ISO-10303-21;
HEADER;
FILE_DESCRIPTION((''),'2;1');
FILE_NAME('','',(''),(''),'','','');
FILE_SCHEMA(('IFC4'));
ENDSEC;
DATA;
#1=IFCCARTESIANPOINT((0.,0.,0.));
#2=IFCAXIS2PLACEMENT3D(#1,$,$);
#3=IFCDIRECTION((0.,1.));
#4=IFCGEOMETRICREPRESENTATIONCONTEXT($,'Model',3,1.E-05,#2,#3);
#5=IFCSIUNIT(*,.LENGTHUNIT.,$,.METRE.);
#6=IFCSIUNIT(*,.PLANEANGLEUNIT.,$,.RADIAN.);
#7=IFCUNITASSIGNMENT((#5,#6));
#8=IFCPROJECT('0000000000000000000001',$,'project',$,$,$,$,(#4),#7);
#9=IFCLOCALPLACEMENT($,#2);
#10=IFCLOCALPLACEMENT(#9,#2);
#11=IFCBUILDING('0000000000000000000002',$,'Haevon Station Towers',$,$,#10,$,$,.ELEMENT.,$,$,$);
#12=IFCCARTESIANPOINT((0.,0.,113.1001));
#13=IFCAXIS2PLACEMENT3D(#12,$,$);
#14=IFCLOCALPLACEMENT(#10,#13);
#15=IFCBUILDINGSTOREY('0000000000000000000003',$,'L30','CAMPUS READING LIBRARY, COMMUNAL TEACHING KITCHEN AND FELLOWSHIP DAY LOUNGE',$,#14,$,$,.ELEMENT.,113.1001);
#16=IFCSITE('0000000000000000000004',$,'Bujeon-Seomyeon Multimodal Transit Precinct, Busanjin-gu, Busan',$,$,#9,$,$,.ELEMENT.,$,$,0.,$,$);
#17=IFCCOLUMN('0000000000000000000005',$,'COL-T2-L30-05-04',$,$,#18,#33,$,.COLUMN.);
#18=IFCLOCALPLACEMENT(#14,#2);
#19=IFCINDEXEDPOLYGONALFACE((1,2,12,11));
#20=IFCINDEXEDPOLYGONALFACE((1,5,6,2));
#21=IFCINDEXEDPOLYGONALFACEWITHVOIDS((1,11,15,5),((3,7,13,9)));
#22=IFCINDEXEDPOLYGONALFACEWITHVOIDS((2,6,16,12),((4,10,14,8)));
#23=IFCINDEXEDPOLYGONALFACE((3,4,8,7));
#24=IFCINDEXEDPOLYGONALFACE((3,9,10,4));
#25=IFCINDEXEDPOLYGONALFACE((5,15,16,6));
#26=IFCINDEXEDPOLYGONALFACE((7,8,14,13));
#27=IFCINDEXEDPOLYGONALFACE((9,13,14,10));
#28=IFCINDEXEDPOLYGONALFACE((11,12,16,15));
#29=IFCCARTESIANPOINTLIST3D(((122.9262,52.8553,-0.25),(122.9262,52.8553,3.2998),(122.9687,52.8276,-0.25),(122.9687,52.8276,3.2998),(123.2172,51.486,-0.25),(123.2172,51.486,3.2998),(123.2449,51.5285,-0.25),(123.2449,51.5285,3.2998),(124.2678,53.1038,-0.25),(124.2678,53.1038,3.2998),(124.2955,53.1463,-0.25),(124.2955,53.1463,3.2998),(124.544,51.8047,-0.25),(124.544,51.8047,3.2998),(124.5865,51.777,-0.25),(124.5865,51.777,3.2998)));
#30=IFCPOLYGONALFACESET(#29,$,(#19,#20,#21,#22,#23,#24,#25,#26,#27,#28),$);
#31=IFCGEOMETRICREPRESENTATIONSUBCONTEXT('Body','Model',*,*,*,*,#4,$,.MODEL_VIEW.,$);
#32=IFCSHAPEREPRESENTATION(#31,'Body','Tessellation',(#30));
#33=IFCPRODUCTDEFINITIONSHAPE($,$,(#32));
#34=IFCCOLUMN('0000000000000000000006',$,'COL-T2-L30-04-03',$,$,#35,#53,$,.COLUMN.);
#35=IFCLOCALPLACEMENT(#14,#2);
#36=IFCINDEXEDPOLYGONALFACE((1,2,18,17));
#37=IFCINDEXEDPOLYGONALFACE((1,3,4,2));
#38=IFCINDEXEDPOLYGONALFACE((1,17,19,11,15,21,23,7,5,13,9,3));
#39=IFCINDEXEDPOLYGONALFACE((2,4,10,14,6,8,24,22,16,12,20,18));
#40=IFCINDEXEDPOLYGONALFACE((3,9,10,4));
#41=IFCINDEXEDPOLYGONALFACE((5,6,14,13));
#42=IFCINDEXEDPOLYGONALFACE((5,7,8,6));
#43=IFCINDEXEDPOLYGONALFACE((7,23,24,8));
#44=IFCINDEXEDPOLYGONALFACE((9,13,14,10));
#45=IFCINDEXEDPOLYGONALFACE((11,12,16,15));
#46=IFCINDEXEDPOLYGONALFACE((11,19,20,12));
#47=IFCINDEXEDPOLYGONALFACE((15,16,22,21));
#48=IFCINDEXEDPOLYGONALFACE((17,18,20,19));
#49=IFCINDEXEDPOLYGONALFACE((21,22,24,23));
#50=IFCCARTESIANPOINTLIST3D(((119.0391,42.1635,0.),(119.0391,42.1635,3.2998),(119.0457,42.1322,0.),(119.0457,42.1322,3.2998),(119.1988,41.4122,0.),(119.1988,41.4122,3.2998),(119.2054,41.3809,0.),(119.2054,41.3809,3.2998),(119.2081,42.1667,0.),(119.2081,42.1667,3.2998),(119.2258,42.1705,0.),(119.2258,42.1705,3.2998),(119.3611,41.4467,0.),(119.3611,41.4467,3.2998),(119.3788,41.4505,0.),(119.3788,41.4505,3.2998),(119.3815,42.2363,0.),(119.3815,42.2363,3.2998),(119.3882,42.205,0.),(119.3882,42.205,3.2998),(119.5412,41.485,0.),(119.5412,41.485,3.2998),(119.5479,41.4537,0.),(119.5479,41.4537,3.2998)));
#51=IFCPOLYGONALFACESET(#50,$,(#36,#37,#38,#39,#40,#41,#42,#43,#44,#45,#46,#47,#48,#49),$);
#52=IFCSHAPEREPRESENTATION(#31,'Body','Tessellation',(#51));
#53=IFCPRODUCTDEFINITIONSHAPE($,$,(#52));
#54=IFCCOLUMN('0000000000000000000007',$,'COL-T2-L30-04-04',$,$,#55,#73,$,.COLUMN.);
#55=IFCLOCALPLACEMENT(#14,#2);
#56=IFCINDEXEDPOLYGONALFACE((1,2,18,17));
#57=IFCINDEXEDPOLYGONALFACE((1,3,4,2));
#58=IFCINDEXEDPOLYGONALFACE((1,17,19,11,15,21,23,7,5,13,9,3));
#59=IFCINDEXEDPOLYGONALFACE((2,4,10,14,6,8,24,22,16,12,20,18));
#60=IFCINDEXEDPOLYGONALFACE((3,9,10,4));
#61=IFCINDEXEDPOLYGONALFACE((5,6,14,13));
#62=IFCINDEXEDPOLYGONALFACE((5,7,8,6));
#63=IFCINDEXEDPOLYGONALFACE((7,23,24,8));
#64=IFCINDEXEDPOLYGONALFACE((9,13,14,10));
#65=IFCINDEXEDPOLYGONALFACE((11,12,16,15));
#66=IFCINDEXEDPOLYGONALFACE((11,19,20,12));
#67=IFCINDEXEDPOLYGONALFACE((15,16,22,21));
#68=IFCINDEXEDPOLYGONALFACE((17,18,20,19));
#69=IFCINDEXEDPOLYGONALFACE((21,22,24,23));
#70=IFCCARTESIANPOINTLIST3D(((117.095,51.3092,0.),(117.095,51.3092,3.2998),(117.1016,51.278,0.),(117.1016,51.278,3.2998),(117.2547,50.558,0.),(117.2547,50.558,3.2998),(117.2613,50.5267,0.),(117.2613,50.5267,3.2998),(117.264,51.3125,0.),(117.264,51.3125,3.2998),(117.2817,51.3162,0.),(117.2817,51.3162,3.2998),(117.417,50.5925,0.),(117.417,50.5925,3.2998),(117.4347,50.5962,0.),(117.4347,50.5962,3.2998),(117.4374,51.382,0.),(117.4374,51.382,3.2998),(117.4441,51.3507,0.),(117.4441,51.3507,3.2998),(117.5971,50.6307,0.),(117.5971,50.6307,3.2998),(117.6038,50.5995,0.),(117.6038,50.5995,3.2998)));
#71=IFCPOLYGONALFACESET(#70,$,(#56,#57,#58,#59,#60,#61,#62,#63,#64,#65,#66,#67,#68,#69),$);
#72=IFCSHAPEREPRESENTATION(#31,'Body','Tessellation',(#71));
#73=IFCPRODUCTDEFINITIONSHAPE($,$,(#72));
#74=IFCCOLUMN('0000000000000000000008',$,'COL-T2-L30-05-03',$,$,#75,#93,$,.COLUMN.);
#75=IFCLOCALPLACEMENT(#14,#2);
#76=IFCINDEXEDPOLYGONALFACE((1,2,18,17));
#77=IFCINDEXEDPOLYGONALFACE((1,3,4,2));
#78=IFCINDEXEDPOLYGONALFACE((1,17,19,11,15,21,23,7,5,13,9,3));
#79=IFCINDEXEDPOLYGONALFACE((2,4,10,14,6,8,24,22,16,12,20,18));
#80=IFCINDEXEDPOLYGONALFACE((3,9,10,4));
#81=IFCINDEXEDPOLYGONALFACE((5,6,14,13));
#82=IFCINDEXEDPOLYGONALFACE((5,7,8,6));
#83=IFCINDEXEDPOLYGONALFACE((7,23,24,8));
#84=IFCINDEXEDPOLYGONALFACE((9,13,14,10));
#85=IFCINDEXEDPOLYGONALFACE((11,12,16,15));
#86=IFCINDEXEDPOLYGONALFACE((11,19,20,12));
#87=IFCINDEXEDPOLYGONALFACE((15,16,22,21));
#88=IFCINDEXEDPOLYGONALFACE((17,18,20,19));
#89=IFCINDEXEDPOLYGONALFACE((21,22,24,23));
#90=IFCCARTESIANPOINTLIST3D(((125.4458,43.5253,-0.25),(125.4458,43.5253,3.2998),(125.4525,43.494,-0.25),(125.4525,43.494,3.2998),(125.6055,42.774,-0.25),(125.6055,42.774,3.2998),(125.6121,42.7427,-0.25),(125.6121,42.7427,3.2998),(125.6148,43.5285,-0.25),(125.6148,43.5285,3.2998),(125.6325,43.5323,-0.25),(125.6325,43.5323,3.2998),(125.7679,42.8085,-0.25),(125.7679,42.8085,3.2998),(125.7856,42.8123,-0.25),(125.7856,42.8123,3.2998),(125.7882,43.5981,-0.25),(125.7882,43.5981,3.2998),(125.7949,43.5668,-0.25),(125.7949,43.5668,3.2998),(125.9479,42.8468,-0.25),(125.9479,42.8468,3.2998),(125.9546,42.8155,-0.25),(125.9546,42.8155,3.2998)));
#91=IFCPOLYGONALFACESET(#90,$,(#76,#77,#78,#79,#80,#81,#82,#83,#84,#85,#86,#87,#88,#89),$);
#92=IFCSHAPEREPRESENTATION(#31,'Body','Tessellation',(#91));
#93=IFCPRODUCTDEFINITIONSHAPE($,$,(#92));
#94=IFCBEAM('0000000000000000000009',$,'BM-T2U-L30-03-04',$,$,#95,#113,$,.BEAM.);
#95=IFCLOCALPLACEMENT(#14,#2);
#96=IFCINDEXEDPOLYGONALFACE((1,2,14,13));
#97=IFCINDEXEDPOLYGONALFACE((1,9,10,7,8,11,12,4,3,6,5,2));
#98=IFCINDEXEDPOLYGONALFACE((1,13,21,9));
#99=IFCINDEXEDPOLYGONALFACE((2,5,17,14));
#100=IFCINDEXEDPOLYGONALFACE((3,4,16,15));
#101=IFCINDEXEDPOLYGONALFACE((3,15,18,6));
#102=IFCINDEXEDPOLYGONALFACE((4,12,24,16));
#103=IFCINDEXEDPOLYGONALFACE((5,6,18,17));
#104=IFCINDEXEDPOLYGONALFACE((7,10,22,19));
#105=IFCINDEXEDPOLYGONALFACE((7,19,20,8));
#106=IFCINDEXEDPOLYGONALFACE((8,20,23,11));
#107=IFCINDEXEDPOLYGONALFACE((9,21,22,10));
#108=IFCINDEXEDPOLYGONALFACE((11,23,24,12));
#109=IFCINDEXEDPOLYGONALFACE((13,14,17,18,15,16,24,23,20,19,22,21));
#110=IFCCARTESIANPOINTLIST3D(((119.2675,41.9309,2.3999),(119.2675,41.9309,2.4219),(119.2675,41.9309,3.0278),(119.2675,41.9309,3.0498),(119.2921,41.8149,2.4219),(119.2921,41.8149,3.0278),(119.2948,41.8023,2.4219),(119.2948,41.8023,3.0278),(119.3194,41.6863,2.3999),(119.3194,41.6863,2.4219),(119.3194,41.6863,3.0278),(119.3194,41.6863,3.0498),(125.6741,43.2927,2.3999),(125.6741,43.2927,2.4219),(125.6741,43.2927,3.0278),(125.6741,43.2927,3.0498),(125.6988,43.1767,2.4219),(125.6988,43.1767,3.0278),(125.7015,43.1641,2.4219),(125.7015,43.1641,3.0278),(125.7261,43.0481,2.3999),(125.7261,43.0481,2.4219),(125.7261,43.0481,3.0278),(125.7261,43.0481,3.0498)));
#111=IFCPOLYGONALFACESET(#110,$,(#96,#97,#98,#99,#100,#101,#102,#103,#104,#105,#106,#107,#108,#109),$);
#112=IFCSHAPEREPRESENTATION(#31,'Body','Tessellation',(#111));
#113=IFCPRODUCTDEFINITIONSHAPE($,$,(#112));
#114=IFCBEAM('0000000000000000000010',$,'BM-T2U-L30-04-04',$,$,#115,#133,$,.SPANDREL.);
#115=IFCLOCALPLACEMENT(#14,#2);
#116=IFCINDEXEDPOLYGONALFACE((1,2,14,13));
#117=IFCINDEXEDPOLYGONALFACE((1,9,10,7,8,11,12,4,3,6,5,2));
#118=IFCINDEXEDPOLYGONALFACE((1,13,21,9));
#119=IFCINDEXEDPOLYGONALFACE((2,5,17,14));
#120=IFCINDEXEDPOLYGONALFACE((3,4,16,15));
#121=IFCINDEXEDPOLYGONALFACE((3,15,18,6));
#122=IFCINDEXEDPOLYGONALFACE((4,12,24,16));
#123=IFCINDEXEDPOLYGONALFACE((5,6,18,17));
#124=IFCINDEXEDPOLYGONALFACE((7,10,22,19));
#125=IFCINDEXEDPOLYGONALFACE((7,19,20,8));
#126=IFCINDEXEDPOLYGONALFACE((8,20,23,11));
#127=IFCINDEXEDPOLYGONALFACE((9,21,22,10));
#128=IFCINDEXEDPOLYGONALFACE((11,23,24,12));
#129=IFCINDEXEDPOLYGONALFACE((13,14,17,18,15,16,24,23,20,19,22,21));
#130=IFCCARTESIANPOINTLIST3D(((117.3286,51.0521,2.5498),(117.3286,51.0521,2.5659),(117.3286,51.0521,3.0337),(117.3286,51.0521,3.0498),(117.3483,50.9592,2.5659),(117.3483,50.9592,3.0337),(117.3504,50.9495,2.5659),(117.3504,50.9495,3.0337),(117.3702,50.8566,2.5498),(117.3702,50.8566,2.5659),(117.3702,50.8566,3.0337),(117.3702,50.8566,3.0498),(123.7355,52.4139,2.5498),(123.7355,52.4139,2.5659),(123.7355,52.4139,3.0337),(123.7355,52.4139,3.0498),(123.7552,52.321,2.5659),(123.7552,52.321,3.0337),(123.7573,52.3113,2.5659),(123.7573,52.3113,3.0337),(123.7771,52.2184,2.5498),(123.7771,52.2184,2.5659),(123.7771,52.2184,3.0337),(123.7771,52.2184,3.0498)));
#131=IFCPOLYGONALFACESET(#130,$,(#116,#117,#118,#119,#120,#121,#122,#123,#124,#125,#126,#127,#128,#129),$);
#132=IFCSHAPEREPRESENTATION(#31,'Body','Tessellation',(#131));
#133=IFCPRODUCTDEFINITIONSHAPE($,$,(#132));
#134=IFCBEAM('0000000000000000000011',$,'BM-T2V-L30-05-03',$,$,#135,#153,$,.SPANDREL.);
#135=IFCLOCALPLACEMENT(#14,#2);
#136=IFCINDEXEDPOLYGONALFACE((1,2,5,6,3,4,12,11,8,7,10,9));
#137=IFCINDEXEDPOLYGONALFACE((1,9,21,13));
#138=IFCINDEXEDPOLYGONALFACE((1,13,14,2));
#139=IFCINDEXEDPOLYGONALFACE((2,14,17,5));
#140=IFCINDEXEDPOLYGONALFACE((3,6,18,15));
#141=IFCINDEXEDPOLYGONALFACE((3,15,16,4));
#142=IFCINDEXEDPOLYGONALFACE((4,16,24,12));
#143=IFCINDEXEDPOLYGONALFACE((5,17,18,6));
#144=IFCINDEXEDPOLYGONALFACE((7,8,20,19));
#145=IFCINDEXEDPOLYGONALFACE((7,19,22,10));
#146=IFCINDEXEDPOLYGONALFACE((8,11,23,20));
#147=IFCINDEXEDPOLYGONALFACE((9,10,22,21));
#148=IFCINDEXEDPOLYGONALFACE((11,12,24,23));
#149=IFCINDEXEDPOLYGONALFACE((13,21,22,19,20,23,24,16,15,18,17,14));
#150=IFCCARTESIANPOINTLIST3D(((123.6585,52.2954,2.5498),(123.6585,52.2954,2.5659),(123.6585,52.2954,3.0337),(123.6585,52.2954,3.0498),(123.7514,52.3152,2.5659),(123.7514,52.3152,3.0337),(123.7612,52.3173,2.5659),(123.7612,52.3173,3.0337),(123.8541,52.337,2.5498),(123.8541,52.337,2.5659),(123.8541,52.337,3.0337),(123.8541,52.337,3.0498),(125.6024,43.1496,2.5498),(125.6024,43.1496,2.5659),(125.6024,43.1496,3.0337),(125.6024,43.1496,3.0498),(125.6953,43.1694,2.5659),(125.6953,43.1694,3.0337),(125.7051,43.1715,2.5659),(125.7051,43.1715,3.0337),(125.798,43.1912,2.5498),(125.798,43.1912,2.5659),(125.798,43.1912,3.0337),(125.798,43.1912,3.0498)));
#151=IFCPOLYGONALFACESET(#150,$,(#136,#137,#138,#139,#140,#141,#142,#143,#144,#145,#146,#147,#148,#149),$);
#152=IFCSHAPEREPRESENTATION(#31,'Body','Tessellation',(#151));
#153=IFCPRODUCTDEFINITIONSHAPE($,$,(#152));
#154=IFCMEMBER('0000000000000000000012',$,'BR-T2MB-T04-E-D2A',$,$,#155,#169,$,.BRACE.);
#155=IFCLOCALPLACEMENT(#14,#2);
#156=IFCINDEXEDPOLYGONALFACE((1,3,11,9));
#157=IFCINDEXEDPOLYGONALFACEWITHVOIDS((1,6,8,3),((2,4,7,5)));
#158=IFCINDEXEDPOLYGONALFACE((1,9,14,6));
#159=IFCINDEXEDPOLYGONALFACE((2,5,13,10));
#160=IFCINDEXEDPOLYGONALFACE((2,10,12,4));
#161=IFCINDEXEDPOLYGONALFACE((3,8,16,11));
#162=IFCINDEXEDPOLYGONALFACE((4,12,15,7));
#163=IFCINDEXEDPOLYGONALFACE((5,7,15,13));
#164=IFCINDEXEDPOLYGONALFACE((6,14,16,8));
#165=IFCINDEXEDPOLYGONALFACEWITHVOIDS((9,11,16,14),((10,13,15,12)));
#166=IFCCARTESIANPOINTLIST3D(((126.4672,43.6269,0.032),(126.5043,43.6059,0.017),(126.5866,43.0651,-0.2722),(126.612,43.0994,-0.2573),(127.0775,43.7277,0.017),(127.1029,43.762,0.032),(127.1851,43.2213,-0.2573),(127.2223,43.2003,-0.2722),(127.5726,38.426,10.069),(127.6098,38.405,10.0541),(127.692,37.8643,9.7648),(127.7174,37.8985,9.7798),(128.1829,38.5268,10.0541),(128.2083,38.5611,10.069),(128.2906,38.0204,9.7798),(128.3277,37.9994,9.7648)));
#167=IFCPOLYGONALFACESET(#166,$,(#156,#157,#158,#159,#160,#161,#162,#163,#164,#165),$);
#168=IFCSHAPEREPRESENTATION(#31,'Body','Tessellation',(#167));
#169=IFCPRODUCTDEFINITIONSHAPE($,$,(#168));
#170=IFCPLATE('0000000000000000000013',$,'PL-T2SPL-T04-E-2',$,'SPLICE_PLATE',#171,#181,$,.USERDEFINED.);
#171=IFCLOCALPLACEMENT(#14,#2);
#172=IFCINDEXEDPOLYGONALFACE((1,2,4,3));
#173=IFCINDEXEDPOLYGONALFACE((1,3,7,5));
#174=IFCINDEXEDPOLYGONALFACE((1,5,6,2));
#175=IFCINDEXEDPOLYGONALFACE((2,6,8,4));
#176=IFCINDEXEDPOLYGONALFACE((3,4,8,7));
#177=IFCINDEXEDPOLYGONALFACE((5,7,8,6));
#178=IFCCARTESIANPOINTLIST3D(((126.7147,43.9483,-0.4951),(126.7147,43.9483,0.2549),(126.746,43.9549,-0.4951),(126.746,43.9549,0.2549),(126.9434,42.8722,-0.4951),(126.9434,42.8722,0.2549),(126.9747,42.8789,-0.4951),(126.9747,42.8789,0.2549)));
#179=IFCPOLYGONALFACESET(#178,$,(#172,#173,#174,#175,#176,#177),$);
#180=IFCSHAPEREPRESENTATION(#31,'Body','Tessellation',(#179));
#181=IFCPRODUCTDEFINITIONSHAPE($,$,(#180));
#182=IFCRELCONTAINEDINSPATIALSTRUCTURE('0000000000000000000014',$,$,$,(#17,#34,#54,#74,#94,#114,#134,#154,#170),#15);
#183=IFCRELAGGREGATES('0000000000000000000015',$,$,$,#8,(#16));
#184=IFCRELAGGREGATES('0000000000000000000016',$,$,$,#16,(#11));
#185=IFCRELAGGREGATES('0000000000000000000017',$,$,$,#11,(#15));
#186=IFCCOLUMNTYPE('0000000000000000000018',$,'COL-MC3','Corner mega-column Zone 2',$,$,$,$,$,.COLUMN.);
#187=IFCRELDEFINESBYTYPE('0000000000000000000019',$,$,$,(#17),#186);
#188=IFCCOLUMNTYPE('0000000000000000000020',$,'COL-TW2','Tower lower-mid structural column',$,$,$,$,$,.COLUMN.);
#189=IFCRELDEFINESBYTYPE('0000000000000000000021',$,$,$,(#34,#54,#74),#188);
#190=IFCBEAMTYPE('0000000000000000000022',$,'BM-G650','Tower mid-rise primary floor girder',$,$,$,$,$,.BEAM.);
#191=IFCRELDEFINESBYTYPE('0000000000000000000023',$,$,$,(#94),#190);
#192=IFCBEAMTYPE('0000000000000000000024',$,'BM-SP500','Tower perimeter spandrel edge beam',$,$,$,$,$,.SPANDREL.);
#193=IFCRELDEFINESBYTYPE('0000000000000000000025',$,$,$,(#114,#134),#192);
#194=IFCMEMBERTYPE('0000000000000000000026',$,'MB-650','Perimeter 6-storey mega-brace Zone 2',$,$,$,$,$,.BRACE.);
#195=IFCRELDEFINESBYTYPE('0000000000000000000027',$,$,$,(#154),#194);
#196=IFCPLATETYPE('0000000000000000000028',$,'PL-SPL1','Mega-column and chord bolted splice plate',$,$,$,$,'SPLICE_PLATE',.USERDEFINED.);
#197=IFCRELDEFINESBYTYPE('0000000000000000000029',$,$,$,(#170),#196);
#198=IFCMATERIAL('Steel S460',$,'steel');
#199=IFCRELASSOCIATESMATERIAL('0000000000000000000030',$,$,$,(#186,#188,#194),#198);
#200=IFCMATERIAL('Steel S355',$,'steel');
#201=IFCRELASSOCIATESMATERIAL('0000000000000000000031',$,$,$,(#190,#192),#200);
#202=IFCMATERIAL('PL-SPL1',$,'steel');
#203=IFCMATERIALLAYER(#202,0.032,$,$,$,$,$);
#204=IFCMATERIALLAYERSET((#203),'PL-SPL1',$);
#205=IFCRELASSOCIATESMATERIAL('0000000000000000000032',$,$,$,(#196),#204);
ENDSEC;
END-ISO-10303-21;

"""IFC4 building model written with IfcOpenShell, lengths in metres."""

from ifc_helpers import new_model, si_unit, direction, frame, origin, origin_2d, place, context, subcontext, project, spatial, rectangle, hollow_rectangle, i_section, extrude, material, layer, layer_set, material_profile, profile_set, type_object, element, save


model = new_model("IFC4")

# Units and contexts
model_context = context("Model", 3, precision=1e-05, world=origin(), true_north=direction((0.0, 1.0)))
body_context = subcontext(model_context, "Body", "Model", "MODEL_VIEW")
ifc_project = project(units=[si_unit("LENGTHUNIT", "METRE"), si_unit("PLANEANGLEUNIT", "RADIAN")], contexts=[model_context])

# Site, building, storey
site_placement = place(None, origin())
site = spatial("IfcSite", under=ifc_project, at=site_placement, Name="Bujeon-Seomyeon Multimodal Transit Precinct, Busanjin-gu, Busan", CompositionType="ELEMENT", RefElevation=0.0)
building_placement = place(site_placement, origin())
building = spatial("IfcBuilding", under=site, at=building_placement, Name="Haevon Station Towers", CompositionType="ELEMENT")
storey_placement = place(building_placement, frame((0.0, 0.0, 113.1001)))
storey = spatial("IfcBuildingStorey", under=building, at=storey_placement, Name="L30", Description="CAMPUS READING LIBRARY, COMMUNAL TEACHING KITCHEN AND FELLOWSHIP DAY LOUNGE", CompositionType="ELEMENT", Elevation=113.1001)

# Columns
ifc_material_1 = material(Name="Steel S460", Category="steel")
ifc_material_profile_1 = material_profile(ifc_material_1, hollow_rectangle(XDim=1.3999, YDim=1.3999, WallThickness=0.0359, at=origin_2d()), Name="BOX-1400x1400x36")
ifc_profile_set_1 = profile_set([ifc_material_profile_1], Name="Steel S460")
column_type_1 = type_object("IfcColumnType", Name="COL-MC3", Description="Corner mega-column Zone 2", PredefinedType="COLUMN", material=ifc_profile_set_1)
column_1_placement = place(storey_placement, frame((123.7563, 52.3162, -0.25), z_axis=(0.0, 0.0, 1.0), x_axis=(0.978148, 0.207912, 0.0)))
element("IfcColumn", 1, at=column_1_placement, inside=storey, type_object=column_type_1, Name="COL-T2-L30-05-04", PredefinedType="COLUMN", context=body_context, shape_type="SweptSolid", body=[
    extrude(hollow_rectangle(XDim=1.3999, YDim=1.3999, WallThickness=0.0359, at=origin_2d()), origin(), (0.0, 0.0, 1.0), 3.5498),
])
ifc_material_profile_2 = material_profile(ifc_material_1, i_section(OverallWidth=0.3501, OverallDepth=0.8, WebThickness=0.0181, FlangeThickness=0.032, at=origin_2d()), Name="H-800x350x18x32")
ifc_profile_set_2 = profile_set([ifc_material_profile_2], Name="Steel S460")
column_type_2 = type_object("IfcColumnType", Name="COL-TW2", Description="Tower lower-mid structural column", PredefinedType="COLUMN", material=ifc_profile_set_2)
for number, where, z_axis, x_axis, name in (
    (2, (119.2935, 41.8086, 0.0), (0.0, 0.0, 1.0), (0.978148, 0.207912, 0.0), "COL-T2-L30-04-03"),
    (3, (117.3494, 50.9543, 0.0), (0.0, 0.0, 1.0), (0.978148, 0.207912, 0.0), "COL-T2-L30-04-04"),
):
    element("IfcColumn", number, at=place(storey_placement, frame(where, z_axis=z_axis, x_axis=x_axis)), inside=storey, type_object=column_type_2, Name=name, PredefinedType="COLUMN", context=body_context, shape_type="SweptSolid", body=[
        extrude(i_section(OverallWidth=0.3501, OverallDepth=0.8, WebThickness=0.0181, FlangeThickness=0.032, at=origin_2d()), origin(), (0.0, 0.0, 1.0), 3.2998),
    ])
column_2_placement = place(storey_placement, frame((125.7002, 43.1704, -0.25), z_axis=(0.0, 0.0, 1.0), x_axis=(0.978148, 0.207912, 0.0)))
element("IfcColumn", 4, at=column_2_placement, inside=storey, type_object=column_type_2, Name="COL-T2-L30-05-03", PredefinedType="COLUMN", context=body_context, shape_type="SweptSolid", body=[
    extrude(i_section(OverallWidth=0.3501, OverallDepth=0.8, WebThickness=0.0181, FlangeThickness=0.032, at=origin_2d()), origin(), (0.0, 0.0, 1.0), 3.5498),
])

# Beams
ifc_material_2 = material(Name="Steel S355", Category="steel")
ifc_material_profile_3 = material_profile(ifc_material_2, i_section(OverallWidth=0.25, OverallDepth=0.6499, WebThickness=0.0129, FlangeThickness=0.022, at=origin_2d()), Name="H-650x250x13x22")
ifc_profile_set_3 = profile_set([ifc_material_profile_3], Name="Steel S355")
beam_type_1 = type_object("IfcBeamType", Name="BM-G650", Description="Tower mid-rise primary floor girder", PredefinedType="BEAM", material=ifc_profile_set_3)
beam_1_placement = place(storey_placement, frame((119.2935, 41.8086, 2.7249), z_axis=(0.978147, 0.207915, 0.0), x_axis=(-0.207915, 0.978147, 0.0)))
element("IfcBeam", 5, at=beam_1_placement, inside=storey, type_object=beam_type_1, Name="BM-T2U-L30-03-04", PredefinedType="BEAM", context=body_context, shape_type="SweptSolid", body=[
    extrude(i_section(OverallWidth=0.25, OverallDepth=0.6499, WebThickness=0.0129, FlangeThickness=0.022, at=origin_2d()), origin(), (0.0, 0.0, 1.0), 6.5498),
])
ifc_material_profile_4 = material_profile(ifc_material_2, i_section(OverallWidth=0.2, OverallDepth=0.5, WebThickness=0.01, FlangeThickness=0.0161, at=origin_2d()), Name="H-500x200x10x16")
ifc_profile_set_4 = profile_set([ifc_material_profile_4], Name="Steel S355")
beam_type_2 = type_object("IfcBeamType", Name="BM-SP500", Description="Tower perimeter spandrel edge beam", PredefinedType="SPANDREL", material=ifc_profile_set_4)
beam_2_placement = place(storey_placement, frame((117.3494, 50.9543, 2.7998), z_axis=(0.978149, 0.207907, 0.0), x_axis=(-0.207907, 0.978149, 0.0)))
element("IfcBeam", 6, at=beam_2_placement, inside=storey, type_object=beam_type_2, Name="BM-T2U-L30-04-04", PredefinedType="SPANDREL", context=body_context, shape_type="SweptSolid", body=[
    extrude(i_section(OverallWidth=0.2, OverallDepth=0.5, WebThickness=0.01, FlangeThickness=0.0161, at=origin_2d()), origin(), (0.0, 0.0, 1.0), 6.55),
])
beam_3_placement = place(storey_placement, frame((125.7002, 43.1704, 2.7998), z_axis=(-0.207897, 0.978151, 0.0), x_axis=(-0.978151, -0.207897, 0.0)))
element("IfcBeam", 7, at=beam_3_placement, inside=storey, type_object=beam_type_2, Name="BM-T2V-L30-05-03", PredefinedType="SPANDREL", context=body_context, shape_type="SweptSolid", body=[
    extrude(i_section(OverallWidth=0.2, OverallDepth=0.5, WebThickness=0.01, FlangeThickness=0.0161, at=origin_2d()), origin(), (0.0, 0.0, 1.0), 9.3501),
])

# Member
ifc_material_profile_5 = material_profile(ifc_material_1, hollow_rectangle(XDim=0.6499, YDim=0.6499, WallThickness=0.032, at=origin_2d()), Name="RHS-650x650x32")
ifc_profile_set_5 = profile_set([ifc_material_profile_5], Name="Steel S460")
member_type = type_object("IfcMemberType", Name="MB-650", Description="Perimeter 6-storey mega-brace Zone 2", PredefinedType="BRACE", material=ifc_profile_set_5)
member_placement = place(storey_placement, frame((126.8447, 43.4136, -0.1201), z_axis=(0.097325, -0.457889, 0.883666), x_axis=(0.978148, 0.207908, 0.0)))
element("IfcMember", 8, at=member_placement, inside=storey, type_object=member_type, Name="BR-T2MB-T04-E-D2A", PredefinedType="BRACE", context=body_context, shape_type="SweptSolid", body=[
    extrude(hollow_rectangle(XDim=0.6499, YDim=0.6499, WallThickness=0.032, at=origin_2d()), origin(), (0.0, 0.0, 1.0), 11.3584),
])

# Plate
ifc_material_3 = material(Name="PL-SPL1", Category="steel")
ifc_layer_1 = layer(ifc_material_3, 0.032)
ifc_layer_set_1 = layer_set([ifc_layer_1], Name="PL-SPL1")
plate_type = type_object("IfcPlateType", Name="PL-SPL1", Description="Mega-column and chord bolted splice plate", ElementType="SPLICE_PLATE", PredefinedType="USERDEFINED", material=ifc_layer_set_1)
plate_placement = place(storey_placement, frame((126.8447, 43.4136, -0.4951), z_axis=(0.0, 0.0, 1.0), x_axis=(-0.207912, 0.978148, 0.0)))
element("IfcPlate", 9, at=plate_placement, inside=storey, type_object=plate_type, Name="PL-T2SPL-T04-E-2", ObjectType="SPLICE_PLATE", PredefinedType="USERDEFINED", context=body_context, shape_type="SweptSolid", body=[
    extrude(rectangle(XDim=1.1001, YDim=0.032, at=origin_2d()), origin(), (0.0, 0.0, 1.0), 0.75),
])

save(model, "model.ifc")
